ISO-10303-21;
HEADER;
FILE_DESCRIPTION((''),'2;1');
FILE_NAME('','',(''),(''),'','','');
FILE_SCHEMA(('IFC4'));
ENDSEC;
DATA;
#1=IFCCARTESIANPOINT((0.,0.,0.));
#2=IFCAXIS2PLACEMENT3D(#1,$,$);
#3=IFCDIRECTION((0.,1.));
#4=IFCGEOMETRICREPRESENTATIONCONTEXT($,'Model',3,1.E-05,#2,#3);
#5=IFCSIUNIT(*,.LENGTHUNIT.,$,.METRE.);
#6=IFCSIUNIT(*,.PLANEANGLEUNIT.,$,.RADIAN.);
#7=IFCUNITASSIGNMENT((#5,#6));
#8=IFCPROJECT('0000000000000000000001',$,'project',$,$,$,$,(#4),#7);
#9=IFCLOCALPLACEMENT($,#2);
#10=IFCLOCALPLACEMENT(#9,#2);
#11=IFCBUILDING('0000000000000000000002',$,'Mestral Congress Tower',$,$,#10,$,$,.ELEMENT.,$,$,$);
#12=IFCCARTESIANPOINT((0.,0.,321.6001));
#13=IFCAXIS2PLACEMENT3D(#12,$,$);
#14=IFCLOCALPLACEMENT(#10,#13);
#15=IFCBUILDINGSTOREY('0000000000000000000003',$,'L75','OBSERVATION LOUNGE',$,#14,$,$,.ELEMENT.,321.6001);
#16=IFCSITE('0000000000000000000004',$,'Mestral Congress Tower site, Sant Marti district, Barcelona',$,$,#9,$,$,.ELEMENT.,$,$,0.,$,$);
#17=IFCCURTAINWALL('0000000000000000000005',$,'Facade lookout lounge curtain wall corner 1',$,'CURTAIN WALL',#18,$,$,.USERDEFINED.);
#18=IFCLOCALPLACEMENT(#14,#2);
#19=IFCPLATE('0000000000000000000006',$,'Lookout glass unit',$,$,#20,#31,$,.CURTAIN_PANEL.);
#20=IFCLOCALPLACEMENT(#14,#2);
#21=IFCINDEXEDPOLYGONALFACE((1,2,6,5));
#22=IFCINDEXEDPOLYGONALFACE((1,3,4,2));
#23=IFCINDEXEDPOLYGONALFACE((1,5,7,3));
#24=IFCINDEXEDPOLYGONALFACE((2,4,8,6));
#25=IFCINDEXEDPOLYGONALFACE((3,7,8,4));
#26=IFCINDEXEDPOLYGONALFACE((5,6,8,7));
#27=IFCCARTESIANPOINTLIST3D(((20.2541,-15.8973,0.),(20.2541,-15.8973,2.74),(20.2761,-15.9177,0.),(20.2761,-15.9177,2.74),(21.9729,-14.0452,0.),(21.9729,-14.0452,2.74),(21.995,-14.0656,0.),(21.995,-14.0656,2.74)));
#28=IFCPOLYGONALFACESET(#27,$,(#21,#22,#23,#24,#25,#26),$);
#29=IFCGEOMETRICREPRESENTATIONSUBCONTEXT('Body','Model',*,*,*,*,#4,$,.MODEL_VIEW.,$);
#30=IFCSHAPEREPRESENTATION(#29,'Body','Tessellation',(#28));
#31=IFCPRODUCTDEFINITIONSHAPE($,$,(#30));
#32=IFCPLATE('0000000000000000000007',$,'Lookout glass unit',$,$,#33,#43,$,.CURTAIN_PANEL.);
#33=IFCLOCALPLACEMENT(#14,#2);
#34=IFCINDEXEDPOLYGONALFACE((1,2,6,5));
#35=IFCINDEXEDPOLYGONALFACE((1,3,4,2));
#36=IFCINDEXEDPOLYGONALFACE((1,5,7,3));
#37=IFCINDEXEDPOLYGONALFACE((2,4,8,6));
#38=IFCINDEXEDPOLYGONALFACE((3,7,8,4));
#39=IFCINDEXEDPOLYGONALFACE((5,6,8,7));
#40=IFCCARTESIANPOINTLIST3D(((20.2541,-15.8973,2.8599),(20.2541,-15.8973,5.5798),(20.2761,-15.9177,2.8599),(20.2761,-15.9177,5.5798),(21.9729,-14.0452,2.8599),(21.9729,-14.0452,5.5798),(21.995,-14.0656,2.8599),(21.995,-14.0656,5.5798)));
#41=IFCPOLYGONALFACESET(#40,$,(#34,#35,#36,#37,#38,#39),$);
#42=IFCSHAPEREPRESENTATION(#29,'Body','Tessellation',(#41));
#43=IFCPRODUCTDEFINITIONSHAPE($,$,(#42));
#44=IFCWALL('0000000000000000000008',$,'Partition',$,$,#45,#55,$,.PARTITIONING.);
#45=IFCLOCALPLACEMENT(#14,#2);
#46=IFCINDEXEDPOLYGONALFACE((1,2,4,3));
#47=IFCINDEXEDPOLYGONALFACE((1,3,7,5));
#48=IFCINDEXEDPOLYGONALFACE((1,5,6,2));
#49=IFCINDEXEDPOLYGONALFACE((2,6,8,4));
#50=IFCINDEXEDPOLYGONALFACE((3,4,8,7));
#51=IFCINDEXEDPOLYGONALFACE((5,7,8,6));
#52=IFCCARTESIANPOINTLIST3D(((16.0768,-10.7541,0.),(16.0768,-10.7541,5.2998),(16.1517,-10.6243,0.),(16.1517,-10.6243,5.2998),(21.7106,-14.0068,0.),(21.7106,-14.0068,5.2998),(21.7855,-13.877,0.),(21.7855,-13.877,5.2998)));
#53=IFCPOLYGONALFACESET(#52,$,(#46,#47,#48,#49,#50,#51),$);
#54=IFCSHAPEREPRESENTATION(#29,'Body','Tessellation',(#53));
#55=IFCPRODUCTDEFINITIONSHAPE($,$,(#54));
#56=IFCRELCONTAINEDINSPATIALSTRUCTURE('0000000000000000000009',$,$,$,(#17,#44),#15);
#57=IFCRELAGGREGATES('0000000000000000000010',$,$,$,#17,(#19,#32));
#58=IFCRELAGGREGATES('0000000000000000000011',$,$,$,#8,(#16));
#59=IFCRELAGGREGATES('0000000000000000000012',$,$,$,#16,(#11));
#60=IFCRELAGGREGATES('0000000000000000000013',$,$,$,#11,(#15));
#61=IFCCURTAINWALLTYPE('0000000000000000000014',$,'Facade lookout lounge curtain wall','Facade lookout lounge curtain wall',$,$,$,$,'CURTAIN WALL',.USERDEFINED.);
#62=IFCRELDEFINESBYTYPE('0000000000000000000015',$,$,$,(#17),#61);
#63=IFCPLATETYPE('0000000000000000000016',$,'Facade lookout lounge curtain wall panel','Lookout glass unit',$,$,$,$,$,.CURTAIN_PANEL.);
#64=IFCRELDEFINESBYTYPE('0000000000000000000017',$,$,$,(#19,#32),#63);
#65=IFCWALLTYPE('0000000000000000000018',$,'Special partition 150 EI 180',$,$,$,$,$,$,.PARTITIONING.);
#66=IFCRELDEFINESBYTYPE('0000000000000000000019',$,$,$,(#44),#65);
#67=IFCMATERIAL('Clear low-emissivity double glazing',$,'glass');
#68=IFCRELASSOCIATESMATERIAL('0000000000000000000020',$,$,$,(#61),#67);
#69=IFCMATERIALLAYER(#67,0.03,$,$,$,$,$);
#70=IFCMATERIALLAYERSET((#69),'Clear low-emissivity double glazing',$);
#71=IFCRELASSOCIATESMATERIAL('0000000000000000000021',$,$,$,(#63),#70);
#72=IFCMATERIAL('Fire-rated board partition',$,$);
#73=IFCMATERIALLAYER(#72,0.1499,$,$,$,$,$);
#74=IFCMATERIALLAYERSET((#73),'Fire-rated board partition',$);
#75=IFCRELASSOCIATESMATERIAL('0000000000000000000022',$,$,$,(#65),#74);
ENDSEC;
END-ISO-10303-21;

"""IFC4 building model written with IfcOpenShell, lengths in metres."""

from ifc_helpers import new_model, si_unit, direction, frame, frame_2d, origin, origin_2d, place, context, subcontext, project, spatial, rectangle, extrude, material, layer, layer_set, type_object, element, aggregate, save


model = new_model("IFC4")

# Units and contexts
model_context = context("Model", 3, precision=1e-05, world=origin(), true_north=direction((0.0, 1.0)))
body_context = subcontext(model_context, "Body", "Model", "MODEL_VIEW")
ifc_project = project(units=[si_unit("LENGTHUNIT", "METRE"), si_unit("PLANEANGLEUNIT", "RADIAN")], contexts=[model_context])

# Site, building, storey
site_placement = place(None, origin())
site = spatial("IfcSite", under=ifc_project, at=site_placement, Name="Mestral Congress Tower site, Sant Marti district, Barcelona", CompositionType="ELEMENT", RefElevation=0.0)
building_placement = place(site_placement, origin())
building = spatial("IfcBuilding", under=site, at=building_placement, Name="Mestral Congress Tower", CompositionType="ELEMENT")
storey_placement = place(building_placement, frame((0.0, 0.0, 321.6001)))
storey = spatial("IfcBuildingStorey", under=building, at=storey_placement, Name="L75", Description="OBSERVATION LOUNGE", CompositionType="ELEMENT", Elevation=321.6001)

# Shared definitions
ifc_material_1 = material(Name="Clear low-emissivity double glazing", Category="glass")
curtain_wall_type = type_object("IfcCurtainWallType", Name="Facade lookout lounge curtain wall", Description="Facade lookout lounge curtain wall", ElementType="CURTAIN WALL", PredefinedType="USERDEFINED", material=ifc_material_1)
placement = place(storey_placement, origin())

# Curtain wall
curtain_wall_1 = element("IfcCurtainWall", 1, at=placement, inside=storey, type_object=curtain_wall_type, Name="Facade lookout lounge curtain wall corner 1", ObjectType="CURTAIN WALL", PredefinedType="USERDEFINED")

# Plates
ifc_layer_1 = layer(ifc_material_1, 0.03)
ifc_layer_set_1 = layer_set([ifc_layer_1], Name="Clear low-emissivity double glazing")
plate_type = type_object("IfcPlateType", Name="Facade lookout lounge curtain wall panel", Description="Lookout glass unit", PredefinedType="CURTAIN_PANEL", material=ifc_layer_set_1)
plate_1_placement = place(storey_placement, frame((21.1245, -14.9814, 0.0), z_axis=(0.0, 0.0, 1.0), x_axis=(0.680243, 0.732987, 0.0)))
plate_1 = element("IfcPlate", 2, at=plate_1_placement, type_object=plate_type, Name="Lookout glass unit", PredefinedType="CURTAIN_PANEL", context=body_context, shape_type="SweptSolid", body=[
    extrude(rectangle(XDim=2.5269, YDim=0.03, at=origin_2d()), origin(), (0.0, 0.0, 1.0), 2.74),
])
plate_2_placement = place(storey_placement, frame((21.1245, -14.9814, 2.8599), z_axis=(0.0, 0.0, 1.0), x_axis=(0.680243, 0.732987, 0.0)))
plate_2 = element("IfcPlate", 3, at=plate_2_placement, type_object=plate_type, Name="Lookout glass unit", PredefinedType="CURTAIN_PANEL", context=body_context, shape_type="SweptSolid", body=[
    extrude(rectangle(XDim=2.5269, YDim=0.03, at=origin_2d()), origin(), (0.0, 0.0, 1.0), 2.72),
])
aggregate(curtain_wall_1, [plate_1, plate_2])

# Wall
ifc_material_2 = material(Name="Fire-rated board partition")
ifc_layer_2 = layer(ifc_material_2, 0.1499)
ifc_layer_set_2 = layer_set([ifc_layer_2], Name="Fire-rated board partition")
wall_type = type_object("IfcWallType", Name="Special partition 150 EI 180", PredefinedType="PARTITIONING", material=ifc_layer_set_2)
wall_placement = place(storey_placement, frame((21.748, -13.9419, 0.0), z_axis=(0.0, 0.0, 1.0), x_axis=(-0.866024, 0.500002, 0.0)))
element("IfcWall", 4, at=wall_placement, inside=storey, type_object=wall_type, Name="Partition", PredefinedType="PARTITIONING", context=body_context, shape_type="SweptSolid", body=[
    extrude(rectangle(XDim=6.5054, YDim=0.1499, at=frame_2d((3.2527, 0.0))), origin(), (0.0, 0.0, 1.0), 5.2998),
])

save(model, "model.ifc")
